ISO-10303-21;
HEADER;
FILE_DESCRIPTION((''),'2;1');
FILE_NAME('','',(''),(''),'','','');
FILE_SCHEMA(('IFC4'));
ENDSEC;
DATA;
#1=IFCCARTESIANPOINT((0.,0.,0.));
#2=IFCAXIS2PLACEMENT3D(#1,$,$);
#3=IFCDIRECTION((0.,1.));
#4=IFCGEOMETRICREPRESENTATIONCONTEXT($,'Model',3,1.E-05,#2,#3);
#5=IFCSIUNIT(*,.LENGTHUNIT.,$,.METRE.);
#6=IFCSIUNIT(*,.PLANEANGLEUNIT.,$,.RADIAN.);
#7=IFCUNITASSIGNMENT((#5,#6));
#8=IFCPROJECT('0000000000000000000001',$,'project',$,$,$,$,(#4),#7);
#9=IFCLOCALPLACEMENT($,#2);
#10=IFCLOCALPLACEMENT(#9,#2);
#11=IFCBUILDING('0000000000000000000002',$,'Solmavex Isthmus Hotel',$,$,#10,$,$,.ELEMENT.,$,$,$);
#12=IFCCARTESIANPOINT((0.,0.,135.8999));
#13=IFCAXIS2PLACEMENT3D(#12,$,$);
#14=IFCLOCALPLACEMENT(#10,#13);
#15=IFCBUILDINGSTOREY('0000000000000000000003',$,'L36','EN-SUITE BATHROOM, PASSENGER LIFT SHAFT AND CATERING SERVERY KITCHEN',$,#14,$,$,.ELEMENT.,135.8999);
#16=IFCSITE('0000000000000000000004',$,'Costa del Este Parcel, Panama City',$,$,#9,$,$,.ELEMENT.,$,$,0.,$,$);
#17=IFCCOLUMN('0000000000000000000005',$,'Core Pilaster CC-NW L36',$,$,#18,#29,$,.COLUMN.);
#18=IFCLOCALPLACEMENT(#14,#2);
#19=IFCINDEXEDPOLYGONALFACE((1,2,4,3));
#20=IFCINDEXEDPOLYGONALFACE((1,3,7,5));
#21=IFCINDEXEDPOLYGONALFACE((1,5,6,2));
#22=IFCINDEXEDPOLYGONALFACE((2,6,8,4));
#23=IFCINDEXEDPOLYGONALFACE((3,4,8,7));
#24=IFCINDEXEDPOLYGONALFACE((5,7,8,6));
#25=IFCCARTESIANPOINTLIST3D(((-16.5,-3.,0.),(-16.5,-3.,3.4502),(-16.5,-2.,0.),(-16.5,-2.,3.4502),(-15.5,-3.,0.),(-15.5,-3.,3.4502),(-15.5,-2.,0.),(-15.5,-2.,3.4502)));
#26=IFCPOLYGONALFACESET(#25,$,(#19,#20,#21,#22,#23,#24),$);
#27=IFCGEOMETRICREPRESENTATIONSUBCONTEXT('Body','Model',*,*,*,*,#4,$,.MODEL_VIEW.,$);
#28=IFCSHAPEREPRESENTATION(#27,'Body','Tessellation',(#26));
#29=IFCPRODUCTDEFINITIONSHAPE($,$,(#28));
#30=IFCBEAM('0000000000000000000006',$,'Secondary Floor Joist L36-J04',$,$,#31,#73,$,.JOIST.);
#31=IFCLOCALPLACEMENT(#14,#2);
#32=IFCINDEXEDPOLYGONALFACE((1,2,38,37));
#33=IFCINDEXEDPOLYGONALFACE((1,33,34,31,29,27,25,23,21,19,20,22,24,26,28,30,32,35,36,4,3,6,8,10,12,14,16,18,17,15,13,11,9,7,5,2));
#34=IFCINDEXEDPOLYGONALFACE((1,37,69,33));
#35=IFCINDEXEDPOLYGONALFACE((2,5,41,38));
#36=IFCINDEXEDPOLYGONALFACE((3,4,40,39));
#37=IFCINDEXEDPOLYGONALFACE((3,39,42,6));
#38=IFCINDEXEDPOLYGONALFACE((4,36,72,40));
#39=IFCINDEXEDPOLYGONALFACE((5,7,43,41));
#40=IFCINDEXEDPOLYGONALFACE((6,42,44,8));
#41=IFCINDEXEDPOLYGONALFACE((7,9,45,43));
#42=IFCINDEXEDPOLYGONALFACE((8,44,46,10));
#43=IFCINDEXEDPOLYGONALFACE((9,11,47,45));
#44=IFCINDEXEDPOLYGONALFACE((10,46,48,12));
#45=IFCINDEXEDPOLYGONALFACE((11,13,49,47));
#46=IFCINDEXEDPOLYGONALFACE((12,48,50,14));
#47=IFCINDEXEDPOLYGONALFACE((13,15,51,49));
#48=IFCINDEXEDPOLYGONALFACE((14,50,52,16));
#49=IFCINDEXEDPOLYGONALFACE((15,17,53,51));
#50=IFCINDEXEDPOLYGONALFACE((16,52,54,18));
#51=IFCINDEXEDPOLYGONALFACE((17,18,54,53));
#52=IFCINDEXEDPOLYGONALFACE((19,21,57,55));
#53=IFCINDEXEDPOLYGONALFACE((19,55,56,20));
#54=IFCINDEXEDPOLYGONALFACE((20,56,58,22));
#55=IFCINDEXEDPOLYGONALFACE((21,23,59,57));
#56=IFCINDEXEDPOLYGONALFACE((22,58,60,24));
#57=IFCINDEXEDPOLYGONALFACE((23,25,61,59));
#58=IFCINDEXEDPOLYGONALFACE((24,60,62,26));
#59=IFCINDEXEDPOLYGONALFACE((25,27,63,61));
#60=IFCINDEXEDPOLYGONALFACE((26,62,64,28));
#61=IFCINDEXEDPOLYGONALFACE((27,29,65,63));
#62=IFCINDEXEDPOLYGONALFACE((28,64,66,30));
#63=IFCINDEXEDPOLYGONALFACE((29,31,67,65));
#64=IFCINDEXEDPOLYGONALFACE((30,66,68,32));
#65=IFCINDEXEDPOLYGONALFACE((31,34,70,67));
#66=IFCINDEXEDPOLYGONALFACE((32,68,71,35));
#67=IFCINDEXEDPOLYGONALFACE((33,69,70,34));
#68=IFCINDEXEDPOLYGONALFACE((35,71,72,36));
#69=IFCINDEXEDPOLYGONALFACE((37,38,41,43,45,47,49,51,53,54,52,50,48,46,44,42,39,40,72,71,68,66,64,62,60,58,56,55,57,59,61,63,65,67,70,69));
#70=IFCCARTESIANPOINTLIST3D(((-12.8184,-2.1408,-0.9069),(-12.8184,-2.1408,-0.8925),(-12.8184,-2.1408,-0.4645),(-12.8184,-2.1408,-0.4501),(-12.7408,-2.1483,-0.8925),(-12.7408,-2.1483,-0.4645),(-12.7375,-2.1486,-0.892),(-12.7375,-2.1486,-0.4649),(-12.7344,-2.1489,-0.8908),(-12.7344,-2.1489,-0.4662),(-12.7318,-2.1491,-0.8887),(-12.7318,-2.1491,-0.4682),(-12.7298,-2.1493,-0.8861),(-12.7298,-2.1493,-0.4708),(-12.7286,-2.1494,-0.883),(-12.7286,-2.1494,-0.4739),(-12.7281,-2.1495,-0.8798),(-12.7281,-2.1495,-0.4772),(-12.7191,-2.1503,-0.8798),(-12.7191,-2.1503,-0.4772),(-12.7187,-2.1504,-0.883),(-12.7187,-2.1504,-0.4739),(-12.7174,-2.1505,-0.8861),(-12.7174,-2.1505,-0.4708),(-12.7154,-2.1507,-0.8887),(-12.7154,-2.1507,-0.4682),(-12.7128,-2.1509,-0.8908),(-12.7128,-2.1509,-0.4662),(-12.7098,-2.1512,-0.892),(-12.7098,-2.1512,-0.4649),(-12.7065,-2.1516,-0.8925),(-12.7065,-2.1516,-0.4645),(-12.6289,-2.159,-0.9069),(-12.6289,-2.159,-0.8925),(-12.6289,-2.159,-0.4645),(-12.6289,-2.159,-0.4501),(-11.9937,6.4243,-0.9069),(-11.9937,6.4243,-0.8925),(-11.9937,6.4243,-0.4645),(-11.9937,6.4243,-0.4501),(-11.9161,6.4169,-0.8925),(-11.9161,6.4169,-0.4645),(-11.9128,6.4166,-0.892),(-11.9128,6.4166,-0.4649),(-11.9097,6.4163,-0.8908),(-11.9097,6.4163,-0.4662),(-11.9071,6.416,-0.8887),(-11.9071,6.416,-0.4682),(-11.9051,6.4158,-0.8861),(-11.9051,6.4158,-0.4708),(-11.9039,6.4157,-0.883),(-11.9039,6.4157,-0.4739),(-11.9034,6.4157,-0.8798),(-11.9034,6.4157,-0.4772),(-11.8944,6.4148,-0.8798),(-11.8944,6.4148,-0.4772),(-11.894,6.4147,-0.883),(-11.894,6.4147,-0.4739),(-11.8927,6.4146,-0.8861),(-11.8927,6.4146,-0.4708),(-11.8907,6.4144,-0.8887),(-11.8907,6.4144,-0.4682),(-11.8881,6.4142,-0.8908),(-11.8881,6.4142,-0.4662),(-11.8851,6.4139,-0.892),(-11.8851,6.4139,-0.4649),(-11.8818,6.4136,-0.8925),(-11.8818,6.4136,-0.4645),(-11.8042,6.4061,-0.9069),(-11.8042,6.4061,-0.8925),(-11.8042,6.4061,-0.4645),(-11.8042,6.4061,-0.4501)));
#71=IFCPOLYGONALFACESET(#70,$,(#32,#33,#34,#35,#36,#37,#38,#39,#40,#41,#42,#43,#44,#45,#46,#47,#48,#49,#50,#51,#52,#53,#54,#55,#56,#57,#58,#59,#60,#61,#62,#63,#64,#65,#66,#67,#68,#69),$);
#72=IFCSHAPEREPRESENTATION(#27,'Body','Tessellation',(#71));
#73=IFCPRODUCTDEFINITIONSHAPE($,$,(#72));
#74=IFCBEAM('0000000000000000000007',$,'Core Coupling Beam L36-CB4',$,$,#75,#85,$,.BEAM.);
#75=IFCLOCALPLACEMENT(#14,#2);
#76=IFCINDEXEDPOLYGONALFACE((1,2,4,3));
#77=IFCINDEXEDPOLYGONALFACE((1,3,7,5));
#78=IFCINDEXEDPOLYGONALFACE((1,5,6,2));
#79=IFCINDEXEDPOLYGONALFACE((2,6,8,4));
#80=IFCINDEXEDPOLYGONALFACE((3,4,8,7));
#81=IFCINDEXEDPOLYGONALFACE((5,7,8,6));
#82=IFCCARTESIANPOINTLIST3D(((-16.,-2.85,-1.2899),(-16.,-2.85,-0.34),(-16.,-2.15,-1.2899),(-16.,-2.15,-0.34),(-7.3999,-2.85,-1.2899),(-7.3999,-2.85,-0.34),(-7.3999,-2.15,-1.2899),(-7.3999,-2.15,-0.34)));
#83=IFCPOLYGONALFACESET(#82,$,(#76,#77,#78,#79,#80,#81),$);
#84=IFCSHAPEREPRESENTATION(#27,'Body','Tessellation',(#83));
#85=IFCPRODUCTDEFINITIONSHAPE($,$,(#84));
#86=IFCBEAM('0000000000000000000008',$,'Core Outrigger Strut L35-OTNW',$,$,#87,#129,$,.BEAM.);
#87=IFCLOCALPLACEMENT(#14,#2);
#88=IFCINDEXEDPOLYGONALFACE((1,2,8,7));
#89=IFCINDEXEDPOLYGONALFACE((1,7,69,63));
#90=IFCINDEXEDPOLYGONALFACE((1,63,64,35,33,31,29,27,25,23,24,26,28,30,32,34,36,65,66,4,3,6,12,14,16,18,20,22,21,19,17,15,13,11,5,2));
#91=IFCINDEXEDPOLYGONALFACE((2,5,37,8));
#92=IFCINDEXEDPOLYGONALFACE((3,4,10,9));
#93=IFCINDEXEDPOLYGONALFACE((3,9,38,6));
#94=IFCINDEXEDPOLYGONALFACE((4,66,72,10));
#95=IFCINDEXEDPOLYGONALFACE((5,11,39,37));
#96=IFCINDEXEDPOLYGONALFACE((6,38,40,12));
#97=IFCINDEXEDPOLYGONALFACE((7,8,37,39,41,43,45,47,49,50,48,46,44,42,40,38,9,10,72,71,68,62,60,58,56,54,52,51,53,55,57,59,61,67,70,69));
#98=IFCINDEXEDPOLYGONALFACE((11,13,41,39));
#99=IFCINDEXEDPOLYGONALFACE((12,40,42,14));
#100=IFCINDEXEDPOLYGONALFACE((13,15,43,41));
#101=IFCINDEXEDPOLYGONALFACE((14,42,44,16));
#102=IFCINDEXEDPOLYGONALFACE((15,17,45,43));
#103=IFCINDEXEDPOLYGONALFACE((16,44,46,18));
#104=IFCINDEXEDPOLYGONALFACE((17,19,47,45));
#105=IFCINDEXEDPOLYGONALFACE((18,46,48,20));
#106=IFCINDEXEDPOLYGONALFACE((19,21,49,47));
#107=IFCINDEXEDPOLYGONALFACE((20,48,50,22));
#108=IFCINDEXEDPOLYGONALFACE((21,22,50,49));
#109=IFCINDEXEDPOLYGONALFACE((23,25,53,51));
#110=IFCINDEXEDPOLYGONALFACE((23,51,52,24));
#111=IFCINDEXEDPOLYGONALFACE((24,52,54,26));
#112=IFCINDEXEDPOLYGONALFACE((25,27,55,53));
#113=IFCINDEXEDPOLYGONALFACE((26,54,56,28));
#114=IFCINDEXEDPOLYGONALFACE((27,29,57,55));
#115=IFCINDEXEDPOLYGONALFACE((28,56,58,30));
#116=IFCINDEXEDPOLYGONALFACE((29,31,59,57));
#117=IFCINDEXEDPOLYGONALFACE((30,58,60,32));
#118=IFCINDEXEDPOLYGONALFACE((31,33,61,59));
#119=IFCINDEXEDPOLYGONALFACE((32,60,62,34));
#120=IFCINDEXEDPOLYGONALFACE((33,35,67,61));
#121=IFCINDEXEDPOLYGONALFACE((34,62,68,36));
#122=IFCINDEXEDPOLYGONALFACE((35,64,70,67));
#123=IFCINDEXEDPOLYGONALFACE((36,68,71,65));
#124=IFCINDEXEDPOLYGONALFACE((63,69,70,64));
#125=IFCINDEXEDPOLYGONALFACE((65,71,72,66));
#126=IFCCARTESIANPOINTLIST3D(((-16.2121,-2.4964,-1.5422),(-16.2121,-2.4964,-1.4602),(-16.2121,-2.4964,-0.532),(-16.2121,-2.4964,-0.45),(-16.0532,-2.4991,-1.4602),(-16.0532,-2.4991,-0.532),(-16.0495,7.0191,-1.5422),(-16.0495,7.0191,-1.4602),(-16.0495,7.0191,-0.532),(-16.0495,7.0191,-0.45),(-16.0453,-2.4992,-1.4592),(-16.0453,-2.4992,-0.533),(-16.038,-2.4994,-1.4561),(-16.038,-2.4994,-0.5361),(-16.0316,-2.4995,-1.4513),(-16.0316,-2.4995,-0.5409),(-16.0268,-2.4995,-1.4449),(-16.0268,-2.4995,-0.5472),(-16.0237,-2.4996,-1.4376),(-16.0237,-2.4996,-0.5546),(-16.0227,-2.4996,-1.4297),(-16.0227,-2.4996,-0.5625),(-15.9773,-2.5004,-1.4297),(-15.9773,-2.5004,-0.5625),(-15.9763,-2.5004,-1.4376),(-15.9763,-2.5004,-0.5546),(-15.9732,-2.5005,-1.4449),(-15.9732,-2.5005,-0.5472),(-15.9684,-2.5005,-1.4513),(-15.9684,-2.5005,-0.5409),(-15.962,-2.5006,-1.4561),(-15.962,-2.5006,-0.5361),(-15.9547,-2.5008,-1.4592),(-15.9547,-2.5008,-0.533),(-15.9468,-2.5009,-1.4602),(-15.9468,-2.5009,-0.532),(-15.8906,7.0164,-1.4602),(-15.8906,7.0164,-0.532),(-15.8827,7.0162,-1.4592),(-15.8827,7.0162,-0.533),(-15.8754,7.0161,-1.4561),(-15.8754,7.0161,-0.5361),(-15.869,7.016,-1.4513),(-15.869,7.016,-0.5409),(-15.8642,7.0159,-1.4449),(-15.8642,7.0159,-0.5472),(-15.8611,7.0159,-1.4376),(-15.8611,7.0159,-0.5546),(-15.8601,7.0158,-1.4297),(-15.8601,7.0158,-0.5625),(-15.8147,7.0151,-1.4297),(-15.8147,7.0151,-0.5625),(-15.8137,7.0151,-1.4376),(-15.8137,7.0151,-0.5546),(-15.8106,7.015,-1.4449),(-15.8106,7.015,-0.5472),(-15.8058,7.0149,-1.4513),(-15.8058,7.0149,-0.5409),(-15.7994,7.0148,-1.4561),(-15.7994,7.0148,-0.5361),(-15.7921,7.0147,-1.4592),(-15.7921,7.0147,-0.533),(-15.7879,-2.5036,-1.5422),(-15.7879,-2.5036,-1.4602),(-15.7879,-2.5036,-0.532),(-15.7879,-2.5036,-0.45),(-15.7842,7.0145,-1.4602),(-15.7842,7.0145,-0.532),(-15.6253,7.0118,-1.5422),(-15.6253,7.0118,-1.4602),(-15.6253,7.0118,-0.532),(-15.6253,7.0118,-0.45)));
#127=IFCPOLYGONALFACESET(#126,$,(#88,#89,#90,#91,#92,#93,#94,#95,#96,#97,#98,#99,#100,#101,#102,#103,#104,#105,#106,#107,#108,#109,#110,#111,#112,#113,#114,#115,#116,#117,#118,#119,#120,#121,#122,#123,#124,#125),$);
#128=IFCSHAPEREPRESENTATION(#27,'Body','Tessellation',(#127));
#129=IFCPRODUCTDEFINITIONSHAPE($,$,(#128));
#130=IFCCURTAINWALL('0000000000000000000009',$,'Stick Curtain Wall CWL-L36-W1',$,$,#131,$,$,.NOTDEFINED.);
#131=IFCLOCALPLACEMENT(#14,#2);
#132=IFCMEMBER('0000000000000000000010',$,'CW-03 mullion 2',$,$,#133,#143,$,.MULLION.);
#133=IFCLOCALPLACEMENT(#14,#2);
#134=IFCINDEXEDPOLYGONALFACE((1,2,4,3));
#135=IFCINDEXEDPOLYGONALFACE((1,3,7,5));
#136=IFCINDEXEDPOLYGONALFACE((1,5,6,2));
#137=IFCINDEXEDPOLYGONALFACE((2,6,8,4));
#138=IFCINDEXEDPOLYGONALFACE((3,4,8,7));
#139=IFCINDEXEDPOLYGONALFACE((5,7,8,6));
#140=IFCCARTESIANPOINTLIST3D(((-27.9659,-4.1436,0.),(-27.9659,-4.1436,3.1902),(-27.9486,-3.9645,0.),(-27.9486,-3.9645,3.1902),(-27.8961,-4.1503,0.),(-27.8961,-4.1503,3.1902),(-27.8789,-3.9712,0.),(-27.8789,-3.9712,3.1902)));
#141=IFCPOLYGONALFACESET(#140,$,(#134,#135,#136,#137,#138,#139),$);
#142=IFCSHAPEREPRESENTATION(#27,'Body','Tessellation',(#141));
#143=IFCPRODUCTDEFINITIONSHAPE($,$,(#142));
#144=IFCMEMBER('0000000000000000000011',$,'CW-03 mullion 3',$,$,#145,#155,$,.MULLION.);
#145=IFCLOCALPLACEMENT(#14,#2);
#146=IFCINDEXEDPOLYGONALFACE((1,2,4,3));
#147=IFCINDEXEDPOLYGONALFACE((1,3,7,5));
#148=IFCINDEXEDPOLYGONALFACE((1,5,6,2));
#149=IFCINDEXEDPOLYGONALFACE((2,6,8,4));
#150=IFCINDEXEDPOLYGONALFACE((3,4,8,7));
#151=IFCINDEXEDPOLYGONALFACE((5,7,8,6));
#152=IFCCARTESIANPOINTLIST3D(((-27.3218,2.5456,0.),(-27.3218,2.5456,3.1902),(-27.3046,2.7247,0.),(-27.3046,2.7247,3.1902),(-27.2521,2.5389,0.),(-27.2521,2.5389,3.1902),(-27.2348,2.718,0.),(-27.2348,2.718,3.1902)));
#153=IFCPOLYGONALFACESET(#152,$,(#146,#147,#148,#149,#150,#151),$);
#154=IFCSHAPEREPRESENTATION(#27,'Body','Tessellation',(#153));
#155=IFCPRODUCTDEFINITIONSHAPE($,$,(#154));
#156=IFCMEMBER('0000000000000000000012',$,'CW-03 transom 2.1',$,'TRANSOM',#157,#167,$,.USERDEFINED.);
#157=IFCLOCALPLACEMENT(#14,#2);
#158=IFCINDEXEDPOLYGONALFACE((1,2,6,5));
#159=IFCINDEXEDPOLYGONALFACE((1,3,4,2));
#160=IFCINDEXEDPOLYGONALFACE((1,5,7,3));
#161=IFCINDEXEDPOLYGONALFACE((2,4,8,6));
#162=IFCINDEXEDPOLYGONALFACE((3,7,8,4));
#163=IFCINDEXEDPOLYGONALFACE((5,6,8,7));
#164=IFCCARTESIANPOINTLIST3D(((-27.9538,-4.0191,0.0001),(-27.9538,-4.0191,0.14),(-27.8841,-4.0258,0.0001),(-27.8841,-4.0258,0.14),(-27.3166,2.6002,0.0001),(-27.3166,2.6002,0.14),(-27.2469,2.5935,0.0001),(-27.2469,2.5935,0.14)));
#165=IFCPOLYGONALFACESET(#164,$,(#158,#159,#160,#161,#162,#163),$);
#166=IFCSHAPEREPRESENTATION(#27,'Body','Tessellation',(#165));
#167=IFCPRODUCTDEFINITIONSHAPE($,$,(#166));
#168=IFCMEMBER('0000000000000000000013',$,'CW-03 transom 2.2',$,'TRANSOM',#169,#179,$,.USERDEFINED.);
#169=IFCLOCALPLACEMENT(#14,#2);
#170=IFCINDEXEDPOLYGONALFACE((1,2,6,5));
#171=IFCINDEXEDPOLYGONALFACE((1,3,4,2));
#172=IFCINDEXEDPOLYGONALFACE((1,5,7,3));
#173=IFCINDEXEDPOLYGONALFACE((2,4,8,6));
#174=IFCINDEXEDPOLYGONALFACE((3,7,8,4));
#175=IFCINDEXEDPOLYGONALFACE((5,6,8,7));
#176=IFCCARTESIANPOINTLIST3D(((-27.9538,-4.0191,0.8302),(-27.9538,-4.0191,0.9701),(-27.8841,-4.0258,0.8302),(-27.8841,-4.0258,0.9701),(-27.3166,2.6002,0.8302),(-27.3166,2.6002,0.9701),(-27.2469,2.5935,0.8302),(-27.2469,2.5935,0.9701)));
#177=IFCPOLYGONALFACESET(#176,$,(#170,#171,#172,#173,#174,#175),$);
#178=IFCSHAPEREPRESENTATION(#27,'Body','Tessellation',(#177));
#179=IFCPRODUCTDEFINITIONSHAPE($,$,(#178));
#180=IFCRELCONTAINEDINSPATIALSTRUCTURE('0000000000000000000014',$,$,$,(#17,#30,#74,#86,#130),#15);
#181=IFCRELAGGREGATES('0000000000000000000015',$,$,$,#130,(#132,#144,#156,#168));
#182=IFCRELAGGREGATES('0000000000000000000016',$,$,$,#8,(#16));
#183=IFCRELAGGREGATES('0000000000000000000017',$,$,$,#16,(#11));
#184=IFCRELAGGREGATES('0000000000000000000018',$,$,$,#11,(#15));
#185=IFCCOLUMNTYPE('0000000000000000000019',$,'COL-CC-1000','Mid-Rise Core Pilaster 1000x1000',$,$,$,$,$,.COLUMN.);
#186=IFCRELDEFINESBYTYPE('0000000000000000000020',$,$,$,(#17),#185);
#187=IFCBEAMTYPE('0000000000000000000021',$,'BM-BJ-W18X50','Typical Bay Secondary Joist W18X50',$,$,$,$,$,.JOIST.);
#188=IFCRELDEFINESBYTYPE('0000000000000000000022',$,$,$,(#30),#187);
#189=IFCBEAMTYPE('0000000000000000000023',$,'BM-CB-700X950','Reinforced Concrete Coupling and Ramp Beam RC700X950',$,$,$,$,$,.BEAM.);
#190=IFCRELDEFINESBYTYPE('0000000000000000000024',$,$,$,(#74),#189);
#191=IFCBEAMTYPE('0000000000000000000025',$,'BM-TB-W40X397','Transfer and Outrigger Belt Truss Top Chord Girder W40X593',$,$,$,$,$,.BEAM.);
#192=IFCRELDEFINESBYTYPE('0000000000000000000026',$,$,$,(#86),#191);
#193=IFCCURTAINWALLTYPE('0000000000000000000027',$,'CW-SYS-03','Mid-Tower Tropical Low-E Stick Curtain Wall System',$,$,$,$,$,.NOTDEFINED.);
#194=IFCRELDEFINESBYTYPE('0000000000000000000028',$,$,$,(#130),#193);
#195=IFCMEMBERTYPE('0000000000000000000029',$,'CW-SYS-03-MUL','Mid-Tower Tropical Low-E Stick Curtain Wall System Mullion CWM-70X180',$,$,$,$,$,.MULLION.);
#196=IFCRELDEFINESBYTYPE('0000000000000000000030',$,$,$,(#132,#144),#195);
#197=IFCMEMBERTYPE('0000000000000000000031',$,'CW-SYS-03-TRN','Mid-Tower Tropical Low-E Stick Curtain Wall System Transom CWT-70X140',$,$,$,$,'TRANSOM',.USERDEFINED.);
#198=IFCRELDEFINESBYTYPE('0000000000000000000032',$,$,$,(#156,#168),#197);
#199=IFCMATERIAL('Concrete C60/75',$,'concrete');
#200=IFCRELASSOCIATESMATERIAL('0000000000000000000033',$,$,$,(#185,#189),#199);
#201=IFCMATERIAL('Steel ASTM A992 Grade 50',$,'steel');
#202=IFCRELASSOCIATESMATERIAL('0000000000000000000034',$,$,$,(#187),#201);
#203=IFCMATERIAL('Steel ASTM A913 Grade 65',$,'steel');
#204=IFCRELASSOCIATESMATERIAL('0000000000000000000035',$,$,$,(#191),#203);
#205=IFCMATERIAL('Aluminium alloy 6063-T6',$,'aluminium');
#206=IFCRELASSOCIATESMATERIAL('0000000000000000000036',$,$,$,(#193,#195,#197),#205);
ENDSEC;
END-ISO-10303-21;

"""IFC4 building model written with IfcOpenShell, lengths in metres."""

from ifc_helpers import new_model, si_unit, direction, frame, origin, origin_2d, place, context, subcontext, project, spatial, rectangle, i_section, extrude, material, material_profile, profile_set, type_object, element, aggregate, save


model = new_model("IFC4")

# Units and contexts
model_context = context("Model", 3, precision=1e-05, world=origin(), true_north=direction((0.0, 1.0)))
body_context = subcontext(model_context, "Body", "Model", "MODEL_VIEW")
ifc_project = project(units=[si_unit("LENGTHUNIT", "METRE"), si_unit("PLANEANGLEUNIT", "RADIAN")], contexts=[model_context])

# Site, building, storey
site_placement = place(None, origin())
site = spatial("IfcSite", under=ifc_project, at=site_placement, Name="Costa del Este Parcel, Panama City", CompositionType="ELEMENT", RefElevation=0.0)
building_placement = place(site_placement, origin())
building = spatial("IfcBuilding", under=site, at=building_placement, Name="Solmavex Isthmus Hotel", CompositionType="ELEMENT")
storey_placement = place(building_placement, frame((0.0, 0.0, 135.8999)))
storey = spatial("IfcBuildingStorey", under=building, at=storey_placement, Name="L36", Description="EN-SUITE BATHROOM, PASSENGER LIFT SHAFT AND CATERING SERVERY KITCHEN", CompositionType="ELEMENT", Elevation=135.8999)

# Column
ifc_material_1 = material(Name="Concrete C60/75", Category="concrete")
ifc_material_profile_1 = material_profile(ifc_material_1, rectangle(XDim=1.0, YDim=1.0, at=origin_2d()), Name="RC1000X1000")
ifc_profile_set_1 = profile_set([ifc_material_profile_1], Name="Concrete C60/75")
column_type = type_object("IfcColumnType", Name="COL-CC-1000", Description="Mid-Rise Core Pilaster 1000x1000", PredefinedType="COLUMN", material=ifc_profile_set_1)
column_placement = place(storey_placement, frame((-16.0, -2.5, 0.0), z_axis=(0.0, 0.0, 1.0), x_axis=(1.0, 0.0, 0.0)))
element("IfcColumn", 1, at=column_placement, inside=storey, type_object=column_type, Name="Core Pilaster CC-NW L36", PredefinedType="COLUMN", context=body_context, shape_type="SweptSolid", body=[
    extrude(rectangle(XDim=1.0, YDim=1.0, at=origin_2d()), origin(), (0.0, 0.0, 1.0), 3.4502),
])

# Beams
ifc_material_2 = material(Name="Steel ASTM A992 Grade 50", Category="steel")
ifc_material_profile_2 = material_profile(ifc_material_2, i_section(OverallWidth=0.1904, OverallDepth=0.4568, WebThickness=0.009, FlangeThickness=0.0144, FilletRadius=0.0127, at=origin_2d()), Name="W18X50")
ifc_profile_set_2 = profile_set([ifc_material_profile_2], Name="Steel ASTM A992 Grade 50")
beam_type_1 = type_object("IfcBeamType", Name="BM-BJ-W18X50", Description="Typical Bay Secondary Joist W18X50", PredefinedType="JOIST", material=ifc_profile_set_2)
beam_1_placement = place(storey_placement, frame((-12.7236, -2.1499, -0.6785), z_axis=(0.095843, 0.995396, 0.0), x_axis=(-0.995396, 0.095843, 0.0)))
element("IfcBeam", 2, at=beam_1_placement, inside=storey, type_object=beam_type_1, Name="Secondary Floor Joist L36-J04", PredefinedType="JOIST", context=body_context, shape_type="SweptSolid", body=[
    extrude(i_section(OverallWidth=0.1904, OverallDepth=0.4568, WebThickness=0.009, FlangeThickness=0.0144, FilletRadius=0.0127, at=origin_2d()), origin(), (0.0, 0.0, 1.0), 8.6047),
])
ifc_material_profile_3 = material_profile(ifc_material_1, rectangle(XDim=0.7, YDim=0.95, at=origin_2d()), Name="RC700X950")
ifc_profile_set_3 = profile_set([ifc_material_profile_3], Name="Concrete C60/75")
beam_type_2 = type_object("IfcBeamType", Name="BM-CB-700X950", Description="Reinforced Concrete Coupling and Ramp Beam RC700X950", PredefinedType="BEAM", material=ifc_profile_set_3)
beam_2_placement = place(storey_placement, frame((-16.0, -2.5, -0.8149), z_axis=(1.0, 0.0, 0.0), x_axis=(0.0, 1.0, 0.0)))
element("IfcBeam", 3, at=beam_2_placement, inside=storey, type_object=beam_type_2, Name="Core Coupling Beam L36-CB4", PredefinedType="BEAM", context=body_context, shape_type="SweptSolid", body=[
    extrude(rectangle(XDim=0.7, YDim=0.95, at=origin_2d()), origin(), (0.0, 0.0, 1.0), 8.6001),
])
ifc_material_3 = material(Name="Steel ASTM A913 Grade 65", Category="steel")
ifc_material_profile_4 = material_profile(ifc_material_3, i_section(OverallWidth=0.4243, OverallDepth=1.0923, WebThickness=0.0454, FlangeThickness=0.082, FilletRadius=0.0305, at=origin_2d()), Name="W40X593")
ifc_profile_set_4 = profile_set([ifc_material_profile_4], Name="Steel ASTM A913 Grade 65")
beam_type_3 = type_object("IfcBeamType", Name="BM-TB-W40X397", Description="Transfer and Outrigger Belt Truss Top Chord Girder W40X593", PredefinedType="BEAM", material=ifc_profile_set_4)
beam_3_placement = place(storey_placement, frame((-16.0, -2.5, -0.9961), z_axis=(0.017085, 0.999854, 0.0), x_axis=(-0.999854, 0.017085, 0.0)))
element("IfcBeam", 4, at=beam_3_placement, inside=storey, type_object=beam_type_3, Name="Core Outrigger Strut L35-OTNW", PredefinedType="BEAM", context=body_context, shape_type="SweptSolid", body=[
    extrude(i_section(OverallWidth=0.4243, OverallDepth=1.0923, WebThickness=0.0454, FlangeThickness=0.082, FilletRadius=0.0305, at=origin_2d()), origin(), (0.0, 0.0, 1.0), 9.5168),
])

# Curtain wall, members
ifc_material_4 = material(Name="Aluminium alloy 6063-T6", Category="aluminium")
curtain_wall_type = type_object("IfcCurtainWallType", Name="CW-SYS-03", Description="Mid-Tower Tropical Low-E Stick Curtain Wall System", PredefinedType="NOTDEFINED", material=ifc_material_4)
curtain_wall_placement = place(storey_placement, origin())
curtain_wall = element("IfcCurtainWall", 5, at=curtain_wall_placement, inside=storey, type_object=curtain_wall_type, Name="Stick Curtain Wall CWL-L36-W1", PredefinedType="NOTDEFINED")
ifc_material_profile_5 = material_profile(ifc_material_4, rectangle(XDim=0.0701, YDim=0.1799, at=origin_2d()), Name="CWM-70X180")
ifc_profile_set_5 = profile_set([ifc_material_profile_5], Name="Aluminium alloy 6063-T6")
member_type_1 = type_object("IfcMemberType", Name="CW-SYS-03-MUL", Description="Mid-Tower Tropical Low-E Stick Curtain Wall System Mullion CWM-70X180", PredefinedType="MULLION", material=ifc_profile_set_5)
member_1_placement = place(storey_placement, frame((-27.9224, -4.0574, 0.0), z_axis=(0.0, 0.0, 1.0), x_axis=(-0.995396, 0.095846, 0.0)))
member_1 = element("IfcMember", 6, at=member_1_placement, type_object=member_type_1, Name="CW-03 mullion 2", PredefinedType="MULLION", context=body_context, shape_type="SweptSolid", body=[
    extrude(rectangle(XDim=0.0701, YDim=0.1799, at=origin_2d()), origin(), (0.0, 0.0, 1.0), 3.1902),
])
member_2_placement = place(storey_placement, frame((-27.2783, 2.6318, 0.0), z_axis=(0.0, 0.0, 1.0), x_axis=(-0.995396, 0.095846, 0.0)))
member_2 = element("IfcMember", 7, at=member_2_placement, type_object=member_type_1, Name="CW-03 mullion 3", PredefinedType="MULLION", context=body_context, shape_type="SweptSolid", body=[
    extrude(rectangle(XDim=0.0701, YDim=0.1799, at=origin_2d()), origin(), (0.0, 0.0, 1.0), 3.1902),
])
ifc_material_profile_6 = material_profile(ifc_material_4, rectangle(XDim=0.0701, YDim=0.1399, at=origin_2d()), Name="CWT-70X140")
ifc_profile_set_6 = profile_set([ifc_material_profile_6], Name="Aluminium alloy 6063-T6")
member_type_2 = type_object("IfcMemberType", Name="CW-SYS-03-TRN", Description="Mid-Tower Tropical Low-E Stick Curtain Wall System Transom CWT-70X140", ElementType="TRANSOM", PredefinedType="USERDEFINED", material=ifc_profile_set_6)
member_3_placement = place(storey_placement, frame((-27.9189, -4.0225, 0.0701), z_axis=(0.095821, 0.995399, 0.0), x_axis=(-0.995399, 0.095821, 0.0)))
member_3 = element("IfcMember", 8, at=member_3_placement, type_object=member_type_2, Name="CW-03 transom 2.1", ObjectType="TRANSOM", PredefinedType="USERDEFINED", context=body_context, shape_type="SweptSolid", body=[
    extrude(rectangle(XDim=0.0701, YDim=0.1399, at=origin_2d()), origin(), (0.0, 0.0, 1.0), 6.6499),
])
member_4_placement = place(storey_placement, frame((-27.9189, -4.0225, 0.9001), z_axis=(0.095821, 0.995399, 0.0), x_axis=(-0.995399, 0.095821, 0.0)))
member_4 = element("IfcMember", 9, at=member_4_placement, type_object=member_type_2, Name="CW-03 transom 2.2", ObjectType="TRANSOM", PredefinedType="USERDEFINED", context=body_context, shape_type="SweptSolid", body=[
    extrude(rectangle(XDim=0.0701, YDim=0.1399, at=origin_2d()), origin(), (0.0, 0.0, 1.0), 6.6499),
])
aggregate(curtain_wall, [member_1, member_2, member_3, member_4])

save(model, "model.ifc")
